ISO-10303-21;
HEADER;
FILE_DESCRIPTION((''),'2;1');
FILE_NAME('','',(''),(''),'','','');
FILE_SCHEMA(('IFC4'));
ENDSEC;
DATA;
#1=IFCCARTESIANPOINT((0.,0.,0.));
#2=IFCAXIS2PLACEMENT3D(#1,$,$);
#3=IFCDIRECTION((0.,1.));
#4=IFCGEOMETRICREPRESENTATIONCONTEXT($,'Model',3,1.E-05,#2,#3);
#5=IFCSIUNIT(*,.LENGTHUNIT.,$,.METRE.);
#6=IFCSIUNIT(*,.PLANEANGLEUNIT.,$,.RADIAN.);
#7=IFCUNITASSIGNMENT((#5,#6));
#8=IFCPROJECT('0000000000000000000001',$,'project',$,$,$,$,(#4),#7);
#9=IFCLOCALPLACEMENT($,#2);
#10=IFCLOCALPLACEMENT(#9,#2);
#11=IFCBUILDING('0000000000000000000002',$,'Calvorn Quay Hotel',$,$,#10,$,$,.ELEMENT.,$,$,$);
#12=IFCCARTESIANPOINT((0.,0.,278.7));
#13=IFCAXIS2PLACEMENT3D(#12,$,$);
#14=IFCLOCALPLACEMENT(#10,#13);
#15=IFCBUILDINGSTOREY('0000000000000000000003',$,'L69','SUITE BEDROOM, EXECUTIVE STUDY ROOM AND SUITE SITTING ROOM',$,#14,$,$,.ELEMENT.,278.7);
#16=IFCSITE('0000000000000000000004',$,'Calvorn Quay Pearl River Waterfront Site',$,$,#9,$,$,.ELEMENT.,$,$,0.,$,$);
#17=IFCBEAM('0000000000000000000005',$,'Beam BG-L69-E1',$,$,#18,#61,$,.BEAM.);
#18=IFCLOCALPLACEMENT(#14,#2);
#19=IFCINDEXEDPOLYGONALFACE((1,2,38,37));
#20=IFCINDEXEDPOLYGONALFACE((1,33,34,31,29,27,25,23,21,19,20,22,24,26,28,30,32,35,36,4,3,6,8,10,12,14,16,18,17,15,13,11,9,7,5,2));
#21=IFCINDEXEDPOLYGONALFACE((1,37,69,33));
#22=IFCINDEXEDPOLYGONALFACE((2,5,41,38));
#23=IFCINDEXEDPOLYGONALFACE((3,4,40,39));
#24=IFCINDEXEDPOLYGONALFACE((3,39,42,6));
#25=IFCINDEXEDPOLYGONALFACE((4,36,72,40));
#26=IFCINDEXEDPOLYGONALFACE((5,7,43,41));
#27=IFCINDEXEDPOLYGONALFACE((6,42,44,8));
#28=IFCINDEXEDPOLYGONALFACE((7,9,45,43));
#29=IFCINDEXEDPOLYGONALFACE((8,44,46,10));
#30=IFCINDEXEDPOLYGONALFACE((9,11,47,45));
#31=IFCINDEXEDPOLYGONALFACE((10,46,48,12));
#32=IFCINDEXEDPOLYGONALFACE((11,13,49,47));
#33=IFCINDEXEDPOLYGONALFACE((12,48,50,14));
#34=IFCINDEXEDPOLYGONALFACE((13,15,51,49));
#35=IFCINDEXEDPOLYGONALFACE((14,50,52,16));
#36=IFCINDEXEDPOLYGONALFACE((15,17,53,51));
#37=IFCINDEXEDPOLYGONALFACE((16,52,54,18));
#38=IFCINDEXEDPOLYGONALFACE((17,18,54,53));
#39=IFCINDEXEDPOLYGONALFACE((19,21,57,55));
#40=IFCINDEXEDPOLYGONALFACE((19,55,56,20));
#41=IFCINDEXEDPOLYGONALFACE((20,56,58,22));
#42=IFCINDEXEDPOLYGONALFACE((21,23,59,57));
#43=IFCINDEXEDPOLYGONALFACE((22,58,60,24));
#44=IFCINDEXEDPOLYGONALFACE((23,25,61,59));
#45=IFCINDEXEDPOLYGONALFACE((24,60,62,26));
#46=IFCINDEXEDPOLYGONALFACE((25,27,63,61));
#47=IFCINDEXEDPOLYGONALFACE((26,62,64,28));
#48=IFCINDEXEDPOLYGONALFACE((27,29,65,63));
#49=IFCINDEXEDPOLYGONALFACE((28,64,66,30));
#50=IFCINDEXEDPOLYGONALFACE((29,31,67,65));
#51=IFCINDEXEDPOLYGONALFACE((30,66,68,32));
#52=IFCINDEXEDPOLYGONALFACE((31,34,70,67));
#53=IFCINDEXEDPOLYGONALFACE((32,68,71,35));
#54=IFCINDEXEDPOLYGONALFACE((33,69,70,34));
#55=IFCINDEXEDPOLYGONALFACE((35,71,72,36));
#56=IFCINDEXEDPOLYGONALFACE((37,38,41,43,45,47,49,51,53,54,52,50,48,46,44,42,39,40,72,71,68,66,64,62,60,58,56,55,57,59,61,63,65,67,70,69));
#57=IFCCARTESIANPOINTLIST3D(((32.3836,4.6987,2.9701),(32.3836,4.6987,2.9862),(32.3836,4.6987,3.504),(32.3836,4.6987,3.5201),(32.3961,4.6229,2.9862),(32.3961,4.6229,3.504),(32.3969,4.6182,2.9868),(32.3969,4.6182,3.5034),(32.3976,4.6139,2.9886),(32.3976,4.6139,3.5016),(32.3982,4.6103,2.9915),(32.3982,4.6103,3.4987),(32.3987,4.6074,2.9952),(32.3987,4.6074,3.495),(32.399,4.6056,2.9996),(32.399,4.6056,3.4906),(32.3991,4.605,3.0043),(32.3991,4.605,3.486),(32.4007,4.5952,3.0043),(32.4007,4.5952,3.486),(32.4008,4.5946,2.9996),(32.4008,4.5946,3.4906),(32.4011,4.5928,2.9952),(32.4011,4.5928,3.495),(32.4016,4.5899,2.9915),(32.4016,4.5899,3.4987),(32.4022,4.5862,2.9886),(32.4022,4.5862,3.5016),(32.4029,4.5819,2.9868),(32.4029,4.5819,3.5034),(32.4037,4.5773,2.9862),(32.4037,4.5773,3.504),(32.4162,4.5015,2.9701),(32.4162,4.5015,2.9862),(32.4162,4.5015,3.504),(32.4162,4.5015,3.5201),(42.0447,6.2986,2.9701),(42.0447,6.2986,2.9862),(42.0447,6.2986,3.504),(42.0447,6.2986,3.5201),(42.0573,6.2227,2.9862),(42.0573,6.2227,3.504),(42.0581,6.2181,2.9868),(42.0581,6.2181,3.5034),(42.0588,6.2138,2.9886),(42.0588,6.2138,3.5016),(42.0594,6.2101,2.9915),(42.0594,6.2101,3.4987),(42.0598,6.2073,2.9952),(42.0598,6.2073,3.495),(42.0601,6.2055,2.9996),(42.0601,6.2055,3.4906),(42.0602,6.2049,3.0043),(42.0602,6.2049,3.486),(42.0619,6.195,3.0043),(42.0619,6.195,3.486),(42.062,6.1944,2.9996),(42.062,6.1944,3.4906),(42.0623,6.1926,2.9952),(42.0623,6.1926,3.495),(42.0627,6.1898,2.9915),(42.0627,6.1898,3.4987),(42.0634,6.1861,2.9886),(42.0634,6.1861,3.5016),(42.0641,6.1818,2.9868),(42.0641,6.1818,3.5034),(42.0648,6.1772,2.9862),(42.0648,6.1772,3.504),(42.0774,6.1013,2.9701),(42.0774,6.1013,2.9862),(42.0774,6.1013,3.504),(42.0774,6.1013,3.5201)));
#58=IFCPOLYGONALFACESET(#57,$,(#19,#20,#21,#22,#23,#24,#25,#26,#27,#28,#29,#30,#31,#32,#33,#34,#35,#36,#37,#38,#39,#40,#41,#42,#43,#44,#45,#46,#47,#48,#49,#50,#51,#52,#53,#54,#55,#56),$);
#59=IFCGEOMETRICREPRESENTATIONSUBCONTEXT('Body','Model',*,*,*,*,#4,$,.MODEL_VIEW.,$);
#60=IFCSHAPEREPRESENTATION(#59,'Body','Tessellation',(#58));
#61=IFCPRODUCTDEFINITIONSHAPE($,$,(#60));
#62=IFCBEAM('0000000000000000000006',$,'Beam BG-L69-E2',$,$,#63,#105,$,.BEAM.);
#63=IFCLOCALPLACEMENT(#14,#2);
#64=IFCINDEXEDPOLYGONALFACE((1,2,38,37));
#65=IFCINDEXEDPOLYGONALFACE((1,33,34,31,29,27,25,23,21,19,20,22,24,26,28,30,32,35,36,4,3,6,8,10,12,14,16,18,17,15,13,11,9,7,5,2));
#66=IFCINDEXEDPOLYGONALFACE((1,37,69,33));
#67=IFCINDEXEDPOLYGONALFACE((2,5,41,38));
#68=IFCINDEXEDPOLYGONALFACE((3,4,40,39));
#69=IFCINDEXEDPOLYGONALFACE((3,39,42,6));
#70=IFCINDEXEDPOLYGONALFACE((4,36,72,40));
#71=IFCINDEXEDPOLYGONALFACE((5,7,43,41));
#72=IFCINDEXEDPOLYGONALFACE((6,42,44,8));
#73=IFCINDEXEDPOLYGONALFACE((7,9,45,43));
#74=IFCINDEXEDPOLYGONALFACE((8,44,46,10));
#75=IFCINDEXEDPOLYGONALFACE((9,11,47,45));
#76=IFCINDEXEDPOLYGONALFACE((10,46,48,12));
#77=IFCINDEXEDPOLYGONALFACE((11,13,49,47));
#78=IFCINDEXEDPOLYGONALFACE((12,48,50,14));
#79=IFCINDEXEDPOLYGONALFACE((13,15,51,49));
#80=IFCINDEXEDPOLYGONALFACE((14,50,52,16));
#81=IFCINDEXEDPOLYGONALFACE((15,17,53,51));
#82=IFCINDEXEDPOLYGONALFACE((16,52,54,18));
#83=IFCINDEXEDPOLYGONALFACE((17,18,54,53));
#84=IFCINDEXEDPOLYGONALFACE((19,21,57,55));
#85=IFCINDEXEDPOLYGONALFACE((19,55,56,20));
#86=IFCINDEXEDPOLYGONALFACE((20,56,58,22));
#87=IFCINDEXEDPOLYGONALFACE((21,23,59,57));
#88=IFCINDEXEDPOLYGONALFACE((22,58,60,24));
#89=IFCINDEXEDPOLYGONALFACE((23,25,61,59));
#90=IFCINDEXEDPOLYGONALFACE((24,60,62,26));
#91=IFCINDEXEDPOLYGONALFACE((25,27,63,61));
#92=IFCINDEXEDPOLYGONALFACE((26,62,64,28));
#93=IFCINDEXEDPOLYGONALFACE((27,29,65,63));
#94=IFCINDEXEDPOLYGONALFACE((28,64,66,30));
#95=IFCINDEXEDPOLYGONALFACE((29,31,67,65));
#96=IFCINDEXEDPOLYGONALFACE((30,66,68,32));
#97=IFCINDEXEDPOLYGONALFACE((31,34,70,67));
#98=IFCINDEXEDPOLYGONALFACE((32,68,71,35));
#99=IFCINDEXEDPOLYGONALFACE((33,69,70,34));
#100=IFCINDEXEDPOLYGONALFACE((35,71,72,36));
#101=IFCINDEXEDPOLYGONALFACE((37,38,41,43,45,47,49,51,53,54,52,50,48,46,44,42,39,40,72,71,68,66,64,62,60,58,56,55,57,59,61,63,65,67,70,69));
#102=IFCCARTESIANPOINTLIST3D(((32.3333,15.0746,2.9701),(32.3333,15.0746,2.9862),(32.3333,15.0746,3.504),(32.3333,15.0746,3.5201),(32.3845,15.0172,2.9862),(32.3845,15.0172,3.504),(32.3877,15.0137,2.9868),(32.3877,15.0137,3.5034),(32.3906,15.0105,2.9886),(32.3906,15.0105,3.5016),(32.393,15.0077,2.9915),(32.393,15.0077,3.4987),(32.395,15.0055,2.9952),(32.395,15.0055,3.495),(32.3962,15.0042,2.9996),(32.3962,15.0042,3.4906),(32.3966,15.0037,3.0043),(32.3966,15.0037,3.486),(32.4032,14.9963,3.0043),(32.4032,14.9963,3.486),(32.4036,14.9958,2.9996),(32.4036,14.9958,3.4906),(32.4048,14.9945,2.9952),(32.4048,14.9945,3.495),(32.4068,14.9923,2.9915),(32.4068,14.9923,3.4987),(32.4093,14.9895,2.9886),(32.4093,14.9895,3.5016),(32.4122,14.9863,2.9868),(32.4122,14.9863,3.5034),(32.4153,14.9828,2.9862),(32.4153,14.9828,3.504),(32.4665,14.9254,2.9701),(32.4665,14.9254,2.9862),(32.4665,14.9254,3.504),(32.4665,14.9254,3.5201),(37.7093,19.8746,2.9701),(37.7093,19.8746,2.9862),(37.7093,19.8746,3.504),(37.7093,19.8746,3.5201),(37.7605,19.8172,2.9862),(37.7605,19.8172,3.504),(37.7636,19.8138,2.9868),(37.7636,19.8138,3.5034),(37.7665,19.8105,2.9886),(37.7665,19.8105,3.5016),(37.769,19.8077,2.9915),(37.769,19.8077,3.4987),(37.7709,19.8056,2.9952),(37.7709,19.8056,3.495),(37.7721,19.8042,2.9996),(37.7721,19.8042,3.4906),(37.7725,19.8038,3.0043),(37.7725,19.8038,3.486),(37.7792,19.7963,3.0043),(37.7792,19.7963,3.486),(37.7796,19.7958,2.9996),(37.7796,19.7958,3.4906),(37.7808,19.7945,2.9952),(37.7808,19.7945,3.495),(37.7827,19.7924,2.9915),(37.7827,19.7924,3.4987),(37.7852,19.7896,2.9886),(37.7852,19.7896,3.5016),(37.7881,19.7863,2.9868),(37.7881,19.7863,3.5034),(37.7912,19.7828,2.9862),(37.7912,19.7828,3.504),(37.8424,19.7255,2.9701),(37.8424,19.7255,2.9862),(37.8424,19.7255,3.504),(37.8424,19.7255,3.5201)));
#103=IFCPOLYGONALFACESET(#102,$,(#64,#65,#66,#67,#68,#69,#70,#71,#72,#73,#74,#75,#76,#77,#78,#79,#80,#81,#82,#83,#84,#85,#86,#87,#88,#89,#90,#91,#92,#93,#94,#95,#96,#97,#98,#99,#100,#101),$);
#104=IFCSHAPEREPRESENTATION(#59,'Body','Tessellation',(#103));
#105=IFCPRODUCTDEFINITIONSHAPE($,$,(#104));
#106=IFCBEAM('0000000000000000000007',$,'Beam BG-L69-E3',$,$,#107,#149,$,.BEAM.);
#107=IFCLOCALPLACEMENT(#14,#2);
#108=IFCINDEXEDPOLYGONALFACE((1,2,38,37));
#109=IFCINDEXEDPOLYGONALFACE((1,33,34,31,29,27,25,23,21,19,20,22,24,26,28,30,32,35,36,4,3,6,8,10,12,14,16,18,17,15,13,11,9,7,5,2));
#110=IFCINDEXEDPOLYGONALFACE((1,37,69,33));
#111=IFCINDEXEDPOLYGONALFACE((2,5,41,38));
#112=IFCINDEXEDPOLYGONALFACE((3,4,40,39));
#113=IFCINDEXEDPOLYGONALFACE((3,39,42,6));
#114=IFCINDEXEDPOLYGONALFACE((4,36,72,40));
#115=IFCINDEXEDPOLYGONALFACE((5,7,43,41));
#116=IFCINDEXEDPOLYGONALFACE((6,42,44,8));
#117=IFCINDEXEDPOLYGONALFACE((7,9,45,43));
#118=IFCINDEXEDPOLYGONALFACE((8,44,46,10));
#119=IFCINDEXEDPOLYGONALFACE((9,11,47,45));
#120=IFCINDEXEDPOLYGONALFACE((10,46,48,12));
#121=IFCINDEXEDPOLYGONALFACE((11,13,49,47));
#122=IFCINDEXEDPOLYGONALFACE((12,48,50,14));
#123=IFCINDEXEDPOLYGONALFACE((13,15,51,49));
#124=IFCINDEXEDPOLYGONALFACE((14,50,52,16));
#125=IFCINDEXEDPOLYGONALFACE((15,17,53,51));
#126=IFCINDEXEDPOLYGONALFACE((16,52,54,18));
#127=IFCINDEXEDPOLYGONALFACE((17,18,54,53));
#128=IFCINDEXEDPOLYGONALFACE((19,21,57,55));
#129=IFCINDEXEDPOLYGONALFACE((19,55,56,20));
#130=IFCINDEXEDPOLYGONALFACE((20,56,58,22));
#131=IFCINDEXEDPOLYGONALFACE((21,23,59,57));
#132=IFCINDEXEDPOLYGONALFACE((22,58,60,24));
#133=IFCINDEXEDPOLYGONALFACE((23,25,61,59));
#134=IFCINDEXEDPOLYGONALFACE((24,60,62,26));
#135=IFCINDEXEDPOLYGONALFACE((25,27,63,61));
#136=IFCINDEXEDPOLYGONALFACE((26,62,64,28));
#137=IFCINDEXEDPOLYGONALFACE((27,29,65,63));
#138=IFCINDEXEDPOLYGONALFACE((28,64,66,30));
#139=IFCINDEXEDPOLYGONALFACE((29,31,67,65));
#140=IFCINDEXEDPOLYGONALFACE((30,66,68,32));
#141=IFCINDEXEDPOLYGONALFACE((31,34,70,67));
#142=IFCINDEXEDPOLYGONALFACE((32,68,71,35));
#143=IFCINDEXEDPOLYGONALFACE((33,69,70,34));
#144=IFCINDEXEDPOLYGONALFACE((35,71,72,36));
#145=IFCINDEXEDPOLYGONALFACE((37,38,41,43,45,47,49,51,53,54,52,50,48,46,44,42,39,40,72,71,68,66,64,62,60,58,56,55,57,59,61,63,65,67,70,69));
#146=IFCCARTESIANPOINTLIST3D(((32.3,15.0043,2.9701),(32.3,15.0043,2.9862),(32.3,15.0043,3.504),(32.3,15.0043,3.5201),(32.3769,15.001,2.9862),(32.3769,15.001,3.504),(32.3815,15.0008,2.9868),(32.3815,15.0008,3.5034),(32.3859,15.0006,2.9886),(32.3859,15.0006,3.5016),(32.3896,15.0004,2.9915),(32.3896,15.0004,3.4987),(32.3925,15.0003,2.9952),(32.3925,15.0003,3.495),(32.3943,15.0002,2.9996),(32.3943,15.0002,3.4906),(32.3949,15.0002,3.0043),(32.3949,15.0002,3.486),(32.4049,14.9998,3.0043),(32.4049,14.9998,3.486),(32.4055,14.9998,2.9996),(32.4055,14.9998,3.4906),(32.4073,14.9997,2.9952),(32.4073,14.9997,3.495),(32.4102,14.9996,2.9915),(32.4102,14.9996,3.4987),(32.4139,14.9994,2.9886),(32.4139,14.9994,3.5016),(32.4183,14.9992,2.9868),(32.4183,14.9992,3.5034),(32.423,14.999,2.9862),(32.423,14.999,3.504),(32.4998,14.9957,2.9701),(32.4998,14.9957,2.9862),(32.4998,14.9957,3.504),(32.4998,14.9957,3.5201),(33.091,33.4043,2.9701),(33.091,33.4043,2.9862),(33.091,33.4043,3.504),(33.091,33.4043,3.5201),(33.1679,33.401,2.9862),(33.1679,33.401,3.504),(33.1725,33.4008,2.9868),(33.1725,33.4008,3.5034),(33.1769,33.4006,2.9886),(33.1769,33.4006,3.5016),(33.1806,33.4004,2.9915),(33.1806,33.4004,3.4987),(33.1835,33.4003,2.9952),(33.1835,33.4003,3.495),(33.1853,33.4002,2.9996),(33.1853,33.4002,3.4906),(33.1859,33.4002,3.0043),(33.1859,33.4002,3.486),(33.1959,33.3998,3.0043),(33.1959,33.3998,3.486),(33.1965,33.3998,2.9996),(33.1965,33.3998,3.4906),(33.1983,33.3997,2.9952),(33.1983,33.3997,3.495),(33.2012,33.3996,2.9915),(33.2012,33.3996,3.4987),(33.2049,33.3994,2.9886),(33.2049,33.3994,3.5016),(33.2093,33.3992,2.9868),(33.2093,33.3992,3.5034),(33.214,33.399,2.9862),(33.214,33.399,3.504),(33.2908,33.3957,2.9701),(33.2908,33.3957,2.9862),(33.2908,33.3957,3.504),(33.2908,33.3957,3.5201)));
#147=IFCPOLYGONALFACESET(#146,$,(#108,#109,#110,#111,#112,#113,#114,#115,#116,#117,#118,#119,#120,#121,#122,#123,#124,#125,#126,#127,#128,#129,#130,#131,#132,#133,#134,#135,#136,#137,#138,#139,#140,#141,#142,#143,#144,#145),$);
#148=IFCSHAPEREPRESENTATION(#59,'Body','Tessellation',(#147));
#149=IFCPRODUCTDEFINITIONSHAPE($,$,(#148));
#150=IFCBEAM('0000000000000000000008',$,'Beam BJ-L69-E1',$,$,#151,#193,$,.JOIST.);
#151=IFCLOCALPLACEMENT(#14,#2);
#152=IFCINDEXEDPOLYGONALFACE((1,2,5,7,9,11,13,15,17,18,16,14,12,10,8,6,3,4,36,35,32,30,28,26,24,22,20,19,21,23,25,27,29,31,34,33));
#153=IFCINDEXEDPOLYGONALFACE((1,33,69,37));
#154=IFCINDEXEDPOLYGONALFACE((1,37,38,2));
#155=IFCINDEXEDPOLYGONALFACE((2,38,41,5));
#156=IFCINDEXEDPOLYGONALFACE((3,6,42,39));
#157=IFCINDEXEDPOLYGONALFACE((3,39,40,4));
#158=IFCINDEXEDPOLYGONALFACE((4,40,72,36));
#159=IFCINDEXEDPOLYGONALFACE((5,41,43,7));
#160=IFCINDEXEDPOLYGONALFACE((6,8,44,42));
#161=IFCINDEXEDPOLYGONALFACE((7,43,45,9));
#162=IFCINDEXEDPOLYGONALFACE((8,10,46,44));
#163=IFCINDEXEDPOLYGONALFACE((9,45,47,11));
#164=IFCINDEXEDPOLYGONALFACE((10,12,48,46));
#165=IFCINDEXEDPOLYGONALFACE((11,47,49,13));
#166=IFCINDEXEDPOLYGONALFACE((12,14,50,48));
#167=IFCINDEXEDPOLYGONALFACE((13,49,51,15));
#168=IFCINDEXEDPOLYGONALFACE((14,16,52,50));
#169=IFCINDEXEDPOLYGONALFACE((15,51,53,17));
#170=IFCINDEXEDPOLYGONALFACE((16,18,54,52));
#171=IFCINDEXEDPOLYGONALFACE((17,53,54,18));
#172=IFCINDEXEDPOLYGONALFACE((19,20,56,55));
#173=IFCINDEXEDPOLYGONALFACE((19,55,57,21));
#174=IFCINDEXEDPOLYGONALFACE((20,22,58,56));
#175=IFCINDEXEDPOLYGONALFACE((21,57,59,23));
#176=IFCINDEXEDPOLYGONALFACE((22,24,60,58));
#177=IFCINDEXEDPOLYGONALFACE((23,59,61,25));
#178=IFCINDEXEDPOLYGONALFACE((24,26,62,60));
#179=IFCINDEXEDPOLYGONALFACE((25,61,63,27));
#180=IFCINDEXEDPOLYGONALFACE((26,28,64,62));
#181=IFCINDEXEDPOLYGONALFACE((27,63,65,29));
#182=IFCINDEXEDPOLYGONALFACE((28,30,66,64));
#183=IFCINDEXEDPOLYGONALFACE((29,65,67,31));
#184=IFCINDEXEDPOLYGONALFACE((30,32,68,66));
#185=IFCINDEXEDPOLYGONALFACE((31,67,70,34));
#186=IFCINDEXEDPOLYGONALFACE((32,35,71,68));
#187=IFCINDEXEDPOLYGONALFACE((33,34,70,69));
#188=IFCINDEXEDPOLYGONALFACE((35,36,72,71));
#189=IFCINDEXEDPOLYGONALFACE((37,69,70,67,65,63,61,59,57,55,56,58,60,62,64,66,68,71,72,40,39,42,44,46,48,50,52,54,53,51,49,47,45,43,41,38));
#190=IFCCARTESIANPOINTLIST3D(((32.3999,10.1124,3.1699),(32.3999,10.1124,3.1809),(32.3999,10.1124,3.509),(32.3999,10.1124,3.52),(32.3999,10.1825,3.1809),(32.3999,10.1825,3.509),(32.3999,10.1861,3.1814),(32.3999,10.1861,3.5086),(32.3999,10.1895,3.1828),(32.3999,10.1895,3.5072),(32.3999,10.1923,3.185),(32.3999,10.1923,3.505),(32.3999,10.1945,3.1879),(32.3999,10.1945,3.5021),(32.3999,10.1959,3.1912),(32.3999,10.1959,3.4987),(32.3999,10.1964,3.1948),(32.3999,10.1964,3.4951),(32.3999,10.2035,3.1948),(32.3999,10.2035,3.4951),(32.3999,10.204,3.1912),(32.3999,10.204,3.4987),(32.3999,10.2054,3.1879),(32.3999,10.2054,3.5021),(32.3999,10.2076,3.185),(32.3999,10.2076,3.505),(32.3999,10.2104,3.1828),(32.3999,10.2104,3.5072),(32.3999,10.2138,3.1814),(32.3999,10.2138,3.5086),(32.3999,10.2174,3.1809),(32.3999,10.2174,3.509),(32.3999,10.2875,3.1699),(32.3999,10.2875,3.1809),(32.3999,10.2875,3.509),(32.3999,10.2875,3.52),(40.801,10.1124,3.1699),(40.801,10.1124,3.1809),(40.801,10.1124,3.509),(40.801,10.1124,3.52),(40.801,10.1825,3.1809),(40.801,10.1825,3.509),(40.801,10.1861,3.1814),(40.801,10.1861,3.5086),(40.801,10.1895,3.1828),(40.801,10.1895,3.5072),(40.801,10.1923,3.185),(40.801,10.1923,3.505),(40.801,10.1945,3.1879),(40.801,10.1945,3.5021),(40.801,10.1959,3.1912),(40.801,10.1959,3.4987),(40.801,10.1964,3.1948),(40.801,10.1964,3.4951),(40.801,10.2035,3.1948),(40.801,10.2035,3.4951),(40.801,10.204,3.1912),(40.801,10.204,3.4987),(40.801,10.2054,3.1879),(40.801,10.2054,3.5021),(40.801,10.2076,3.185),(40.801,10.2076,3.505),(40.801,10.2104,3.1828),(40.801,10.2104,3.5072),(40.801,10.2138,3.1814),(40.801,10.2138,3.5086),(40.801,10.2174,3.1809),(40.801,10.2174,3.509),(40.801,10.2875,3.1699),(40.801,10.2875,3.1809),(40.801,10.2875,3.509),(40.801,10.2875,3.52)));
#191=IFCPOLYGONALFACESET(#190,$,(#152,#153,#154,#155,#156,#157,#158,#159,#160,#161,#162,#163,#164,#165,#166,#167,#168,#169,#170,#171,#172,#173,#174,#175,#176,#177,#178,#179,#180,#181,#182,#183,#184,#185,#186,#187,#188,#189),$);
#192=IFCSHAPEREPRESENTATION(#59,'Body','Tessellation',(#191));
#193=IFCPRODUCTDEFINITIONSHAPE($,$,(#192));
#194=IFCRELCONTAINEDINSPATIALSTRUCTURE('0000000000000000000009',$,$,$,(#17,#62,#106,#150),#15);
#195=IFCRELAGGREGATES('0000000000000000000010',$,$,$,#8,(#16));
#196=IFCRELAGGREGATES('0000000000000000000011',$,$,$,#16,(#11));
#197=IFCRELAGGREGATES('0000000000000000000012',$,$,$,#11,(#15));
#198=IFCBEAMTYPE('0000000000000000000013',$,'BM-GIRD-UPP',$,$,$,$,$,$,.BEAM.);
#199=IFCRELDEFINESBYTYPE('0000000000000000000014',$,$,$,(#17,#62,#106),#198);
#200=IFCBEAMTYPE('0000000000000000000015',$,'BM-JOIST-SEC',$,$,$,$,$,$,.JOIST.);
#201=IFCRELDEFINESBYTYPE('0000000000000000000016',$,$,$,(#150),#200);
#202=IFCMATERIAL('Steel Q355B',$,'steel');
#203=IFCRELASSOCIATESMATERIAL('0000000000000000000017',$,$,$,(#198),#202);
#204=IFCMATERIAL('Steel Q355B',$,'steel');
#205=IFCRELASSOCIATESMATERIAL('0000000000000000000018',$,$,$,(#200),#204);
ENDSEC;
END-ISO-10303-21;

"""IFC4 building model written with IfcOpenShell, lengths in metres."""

from ifc_helpers import new_model, si_unit, direction, frame, origin, origin_2d, place, context, subcontext, project, spatial, i_section, extrude, material, material_profile, profile_set, type_object, element, save


model = new_model("IFC4")

# Units and contexts
model_context = context("Model", 3, precision=1e-05, world=origin(), true_north=direction((0.0, 1.0)))
body_context = subcontext(model_context, "Body", "Model", "MODEL_VIEW")
ifc_project = project(units=[si_unit("LENGTHUNIT", "METRE"), si_unit("PLANEANGLEUNIT", "RADIAN")], contexts=[model_context])

# Site, building, storey
site_placement = place(None, origin())
site = spatial("IfcSite", under=ifc_project, at=site_placement, Name="Calvorn Quay Pearl River Waterfront Site", CompositionType="ELEMENT", RefElevation=0.0)
building_placement = place(site_placement, origin())
building = spatial("IfcBuilding", under=site, at=building_placement, Name="Calvorn Quay Hotel", CompositionType="ELEMENT")
storey_placement = place(building_placement, frame((0.0, 0.0, 278.7)))
storey = spatial("IfcBuildingStorey", under=building, at=storey_placement, Name="L69", Description="SUITE BEDROOM, EXECUTIVE STUDY ROOM AND SUITE SITTING ROOM", CompositionType="ELEMENT", Elevation=278.7)

# Beams
ifc_material_1 = material(Name="Steel Q355B", Category="steel")
ifc_material_profile_1 = material_profile(ifc_material_1, i_section(OverallWidth=0.2, OverallDepth=0.55, WebThickness=0.01, FlangeThickness=0.0161, FilletRadius=0.0181, at=origin_2d()), Name="HN550x200x10x16")
ifc_profile_set_1 = profile_set([ifc_material_profile_1], Name="Steel Q355B")
beam_type_1 = type_object("IfcBeamType", Name="BM-GIRD-UPP", PredefinedType="BEAM", material=ifc_profile_set_1)
beam_1_placement = place(storey_placement, frame((32.3999, 4.6001, 3.2451), z_axis=(0.986565, 0.163372, 0.0), x_axis=(-0.163372, 0.986565, 0.0)))
element("IfcBeam", 1, at=beam_1_placement, inside=storey, type_object=beam_type_1, Name="Beam BG-L69-E1", PredefinedType="BEAM", context=body_context, shape_type="SweptSolid", body=[
    extrude(i_section(OverallWidth=0.2, OverallDepth=0.55, WebThickness=0.01, FlangeThickness=0.0161, FilletRadius=0.0181, at=origin_2d()), origin(), (0.0, 0.0, 1.0), 9.7927),
])
beam_2_placement = place(storey_placement, frame((32.3999, 15.0, 3.2451), z_axis=(0.745933, 0.666021, 0.0), x_axis=(-0.666021, 0.745933, 0.0)))
element("IfcBeam", 2, at=beam_2_placement, inside=storey, type_object=beam_type_1, Name="Beam BG-L69-E2", PredefinedType="BEAM", context=body_context, shape_type="SweptSolid", body=[
    extrude(i_section(OverallWidth=0.2, OverallDepth=0.55, WebThickness=0.01, FlangeThickness=0.0161, FilletRadius=0.0181, at=origin_2d()), origin(), (0.0, 0.0, 1.0), 7.207),
])
beam_3_placement = place(storey_placement, frame((32.3999, 15.0, 3.2451), z_axis=(0.042951, 0.999077, 0.0), x_axis=(-0.999077, 0.042951, 0.0)))
element("IfcBeam", 3, at=beam_3_placement, inside=storey, type_object=beam_type_1, Name="Beam BG-L69-E3", PredefinedType="BEAM", context=body_context, shape_type="SweptSolid", body=[
    extrude(i_section(OverallWidth=0.2, OverallDepth=0.55, WebThickness=0.01, FlangeThickness=0.0161, FilletRadius=0.0181, at=origin_2d()), origin(), (0.0, 0.0, 1.0), 18.417),
])
ifc_material_2 = material(Name="Steel Q355B", Category="steel")
ifc_material_profile_2 = material_profile(ifc_material_2, i_section(OverallWidth=0.175, OverallDepth=0.3501, WebThickness=0.0071, FlangeThickness=0.011, FilletRadius=0.0139, at=origin_2d()), Name="HN350x175x7x11")
ifc_profile_set_2 = profile_set([ifc_material_profile_2], Name="Steel Q355B")
beam_type_2 = type_object("IfcBeamType", Name="BM-JOIST-SEC", PredefinedType="JOIST", material=ifc_profile_set_2)
beam_4_placement = place(storey_placement, frame((32.3999, 10.2, 3.345), z_axis=(1.0, 0.0, 0.0), x_axis=(0.0, 1.0, 0.0)))
element("IfcBeam", 4, at=beam_4_placement, inside=storey, type_object=beam_type_2, Name="Beam BJ-L69-E1", PredefinedType="JOIST", context=body_context, shape_type="SweptSolid", body=[
    extrude(i_section(OverallWidth=0.175, OverallDepth=0.3501, WebThickness=0.0071, FlangeThickness=0.011, FilletRadius=0.0139, at=origin_2d()), origin(), (0.0, 0.0, 1.0), 8.4011),
])

save(model, "model.ifc")
